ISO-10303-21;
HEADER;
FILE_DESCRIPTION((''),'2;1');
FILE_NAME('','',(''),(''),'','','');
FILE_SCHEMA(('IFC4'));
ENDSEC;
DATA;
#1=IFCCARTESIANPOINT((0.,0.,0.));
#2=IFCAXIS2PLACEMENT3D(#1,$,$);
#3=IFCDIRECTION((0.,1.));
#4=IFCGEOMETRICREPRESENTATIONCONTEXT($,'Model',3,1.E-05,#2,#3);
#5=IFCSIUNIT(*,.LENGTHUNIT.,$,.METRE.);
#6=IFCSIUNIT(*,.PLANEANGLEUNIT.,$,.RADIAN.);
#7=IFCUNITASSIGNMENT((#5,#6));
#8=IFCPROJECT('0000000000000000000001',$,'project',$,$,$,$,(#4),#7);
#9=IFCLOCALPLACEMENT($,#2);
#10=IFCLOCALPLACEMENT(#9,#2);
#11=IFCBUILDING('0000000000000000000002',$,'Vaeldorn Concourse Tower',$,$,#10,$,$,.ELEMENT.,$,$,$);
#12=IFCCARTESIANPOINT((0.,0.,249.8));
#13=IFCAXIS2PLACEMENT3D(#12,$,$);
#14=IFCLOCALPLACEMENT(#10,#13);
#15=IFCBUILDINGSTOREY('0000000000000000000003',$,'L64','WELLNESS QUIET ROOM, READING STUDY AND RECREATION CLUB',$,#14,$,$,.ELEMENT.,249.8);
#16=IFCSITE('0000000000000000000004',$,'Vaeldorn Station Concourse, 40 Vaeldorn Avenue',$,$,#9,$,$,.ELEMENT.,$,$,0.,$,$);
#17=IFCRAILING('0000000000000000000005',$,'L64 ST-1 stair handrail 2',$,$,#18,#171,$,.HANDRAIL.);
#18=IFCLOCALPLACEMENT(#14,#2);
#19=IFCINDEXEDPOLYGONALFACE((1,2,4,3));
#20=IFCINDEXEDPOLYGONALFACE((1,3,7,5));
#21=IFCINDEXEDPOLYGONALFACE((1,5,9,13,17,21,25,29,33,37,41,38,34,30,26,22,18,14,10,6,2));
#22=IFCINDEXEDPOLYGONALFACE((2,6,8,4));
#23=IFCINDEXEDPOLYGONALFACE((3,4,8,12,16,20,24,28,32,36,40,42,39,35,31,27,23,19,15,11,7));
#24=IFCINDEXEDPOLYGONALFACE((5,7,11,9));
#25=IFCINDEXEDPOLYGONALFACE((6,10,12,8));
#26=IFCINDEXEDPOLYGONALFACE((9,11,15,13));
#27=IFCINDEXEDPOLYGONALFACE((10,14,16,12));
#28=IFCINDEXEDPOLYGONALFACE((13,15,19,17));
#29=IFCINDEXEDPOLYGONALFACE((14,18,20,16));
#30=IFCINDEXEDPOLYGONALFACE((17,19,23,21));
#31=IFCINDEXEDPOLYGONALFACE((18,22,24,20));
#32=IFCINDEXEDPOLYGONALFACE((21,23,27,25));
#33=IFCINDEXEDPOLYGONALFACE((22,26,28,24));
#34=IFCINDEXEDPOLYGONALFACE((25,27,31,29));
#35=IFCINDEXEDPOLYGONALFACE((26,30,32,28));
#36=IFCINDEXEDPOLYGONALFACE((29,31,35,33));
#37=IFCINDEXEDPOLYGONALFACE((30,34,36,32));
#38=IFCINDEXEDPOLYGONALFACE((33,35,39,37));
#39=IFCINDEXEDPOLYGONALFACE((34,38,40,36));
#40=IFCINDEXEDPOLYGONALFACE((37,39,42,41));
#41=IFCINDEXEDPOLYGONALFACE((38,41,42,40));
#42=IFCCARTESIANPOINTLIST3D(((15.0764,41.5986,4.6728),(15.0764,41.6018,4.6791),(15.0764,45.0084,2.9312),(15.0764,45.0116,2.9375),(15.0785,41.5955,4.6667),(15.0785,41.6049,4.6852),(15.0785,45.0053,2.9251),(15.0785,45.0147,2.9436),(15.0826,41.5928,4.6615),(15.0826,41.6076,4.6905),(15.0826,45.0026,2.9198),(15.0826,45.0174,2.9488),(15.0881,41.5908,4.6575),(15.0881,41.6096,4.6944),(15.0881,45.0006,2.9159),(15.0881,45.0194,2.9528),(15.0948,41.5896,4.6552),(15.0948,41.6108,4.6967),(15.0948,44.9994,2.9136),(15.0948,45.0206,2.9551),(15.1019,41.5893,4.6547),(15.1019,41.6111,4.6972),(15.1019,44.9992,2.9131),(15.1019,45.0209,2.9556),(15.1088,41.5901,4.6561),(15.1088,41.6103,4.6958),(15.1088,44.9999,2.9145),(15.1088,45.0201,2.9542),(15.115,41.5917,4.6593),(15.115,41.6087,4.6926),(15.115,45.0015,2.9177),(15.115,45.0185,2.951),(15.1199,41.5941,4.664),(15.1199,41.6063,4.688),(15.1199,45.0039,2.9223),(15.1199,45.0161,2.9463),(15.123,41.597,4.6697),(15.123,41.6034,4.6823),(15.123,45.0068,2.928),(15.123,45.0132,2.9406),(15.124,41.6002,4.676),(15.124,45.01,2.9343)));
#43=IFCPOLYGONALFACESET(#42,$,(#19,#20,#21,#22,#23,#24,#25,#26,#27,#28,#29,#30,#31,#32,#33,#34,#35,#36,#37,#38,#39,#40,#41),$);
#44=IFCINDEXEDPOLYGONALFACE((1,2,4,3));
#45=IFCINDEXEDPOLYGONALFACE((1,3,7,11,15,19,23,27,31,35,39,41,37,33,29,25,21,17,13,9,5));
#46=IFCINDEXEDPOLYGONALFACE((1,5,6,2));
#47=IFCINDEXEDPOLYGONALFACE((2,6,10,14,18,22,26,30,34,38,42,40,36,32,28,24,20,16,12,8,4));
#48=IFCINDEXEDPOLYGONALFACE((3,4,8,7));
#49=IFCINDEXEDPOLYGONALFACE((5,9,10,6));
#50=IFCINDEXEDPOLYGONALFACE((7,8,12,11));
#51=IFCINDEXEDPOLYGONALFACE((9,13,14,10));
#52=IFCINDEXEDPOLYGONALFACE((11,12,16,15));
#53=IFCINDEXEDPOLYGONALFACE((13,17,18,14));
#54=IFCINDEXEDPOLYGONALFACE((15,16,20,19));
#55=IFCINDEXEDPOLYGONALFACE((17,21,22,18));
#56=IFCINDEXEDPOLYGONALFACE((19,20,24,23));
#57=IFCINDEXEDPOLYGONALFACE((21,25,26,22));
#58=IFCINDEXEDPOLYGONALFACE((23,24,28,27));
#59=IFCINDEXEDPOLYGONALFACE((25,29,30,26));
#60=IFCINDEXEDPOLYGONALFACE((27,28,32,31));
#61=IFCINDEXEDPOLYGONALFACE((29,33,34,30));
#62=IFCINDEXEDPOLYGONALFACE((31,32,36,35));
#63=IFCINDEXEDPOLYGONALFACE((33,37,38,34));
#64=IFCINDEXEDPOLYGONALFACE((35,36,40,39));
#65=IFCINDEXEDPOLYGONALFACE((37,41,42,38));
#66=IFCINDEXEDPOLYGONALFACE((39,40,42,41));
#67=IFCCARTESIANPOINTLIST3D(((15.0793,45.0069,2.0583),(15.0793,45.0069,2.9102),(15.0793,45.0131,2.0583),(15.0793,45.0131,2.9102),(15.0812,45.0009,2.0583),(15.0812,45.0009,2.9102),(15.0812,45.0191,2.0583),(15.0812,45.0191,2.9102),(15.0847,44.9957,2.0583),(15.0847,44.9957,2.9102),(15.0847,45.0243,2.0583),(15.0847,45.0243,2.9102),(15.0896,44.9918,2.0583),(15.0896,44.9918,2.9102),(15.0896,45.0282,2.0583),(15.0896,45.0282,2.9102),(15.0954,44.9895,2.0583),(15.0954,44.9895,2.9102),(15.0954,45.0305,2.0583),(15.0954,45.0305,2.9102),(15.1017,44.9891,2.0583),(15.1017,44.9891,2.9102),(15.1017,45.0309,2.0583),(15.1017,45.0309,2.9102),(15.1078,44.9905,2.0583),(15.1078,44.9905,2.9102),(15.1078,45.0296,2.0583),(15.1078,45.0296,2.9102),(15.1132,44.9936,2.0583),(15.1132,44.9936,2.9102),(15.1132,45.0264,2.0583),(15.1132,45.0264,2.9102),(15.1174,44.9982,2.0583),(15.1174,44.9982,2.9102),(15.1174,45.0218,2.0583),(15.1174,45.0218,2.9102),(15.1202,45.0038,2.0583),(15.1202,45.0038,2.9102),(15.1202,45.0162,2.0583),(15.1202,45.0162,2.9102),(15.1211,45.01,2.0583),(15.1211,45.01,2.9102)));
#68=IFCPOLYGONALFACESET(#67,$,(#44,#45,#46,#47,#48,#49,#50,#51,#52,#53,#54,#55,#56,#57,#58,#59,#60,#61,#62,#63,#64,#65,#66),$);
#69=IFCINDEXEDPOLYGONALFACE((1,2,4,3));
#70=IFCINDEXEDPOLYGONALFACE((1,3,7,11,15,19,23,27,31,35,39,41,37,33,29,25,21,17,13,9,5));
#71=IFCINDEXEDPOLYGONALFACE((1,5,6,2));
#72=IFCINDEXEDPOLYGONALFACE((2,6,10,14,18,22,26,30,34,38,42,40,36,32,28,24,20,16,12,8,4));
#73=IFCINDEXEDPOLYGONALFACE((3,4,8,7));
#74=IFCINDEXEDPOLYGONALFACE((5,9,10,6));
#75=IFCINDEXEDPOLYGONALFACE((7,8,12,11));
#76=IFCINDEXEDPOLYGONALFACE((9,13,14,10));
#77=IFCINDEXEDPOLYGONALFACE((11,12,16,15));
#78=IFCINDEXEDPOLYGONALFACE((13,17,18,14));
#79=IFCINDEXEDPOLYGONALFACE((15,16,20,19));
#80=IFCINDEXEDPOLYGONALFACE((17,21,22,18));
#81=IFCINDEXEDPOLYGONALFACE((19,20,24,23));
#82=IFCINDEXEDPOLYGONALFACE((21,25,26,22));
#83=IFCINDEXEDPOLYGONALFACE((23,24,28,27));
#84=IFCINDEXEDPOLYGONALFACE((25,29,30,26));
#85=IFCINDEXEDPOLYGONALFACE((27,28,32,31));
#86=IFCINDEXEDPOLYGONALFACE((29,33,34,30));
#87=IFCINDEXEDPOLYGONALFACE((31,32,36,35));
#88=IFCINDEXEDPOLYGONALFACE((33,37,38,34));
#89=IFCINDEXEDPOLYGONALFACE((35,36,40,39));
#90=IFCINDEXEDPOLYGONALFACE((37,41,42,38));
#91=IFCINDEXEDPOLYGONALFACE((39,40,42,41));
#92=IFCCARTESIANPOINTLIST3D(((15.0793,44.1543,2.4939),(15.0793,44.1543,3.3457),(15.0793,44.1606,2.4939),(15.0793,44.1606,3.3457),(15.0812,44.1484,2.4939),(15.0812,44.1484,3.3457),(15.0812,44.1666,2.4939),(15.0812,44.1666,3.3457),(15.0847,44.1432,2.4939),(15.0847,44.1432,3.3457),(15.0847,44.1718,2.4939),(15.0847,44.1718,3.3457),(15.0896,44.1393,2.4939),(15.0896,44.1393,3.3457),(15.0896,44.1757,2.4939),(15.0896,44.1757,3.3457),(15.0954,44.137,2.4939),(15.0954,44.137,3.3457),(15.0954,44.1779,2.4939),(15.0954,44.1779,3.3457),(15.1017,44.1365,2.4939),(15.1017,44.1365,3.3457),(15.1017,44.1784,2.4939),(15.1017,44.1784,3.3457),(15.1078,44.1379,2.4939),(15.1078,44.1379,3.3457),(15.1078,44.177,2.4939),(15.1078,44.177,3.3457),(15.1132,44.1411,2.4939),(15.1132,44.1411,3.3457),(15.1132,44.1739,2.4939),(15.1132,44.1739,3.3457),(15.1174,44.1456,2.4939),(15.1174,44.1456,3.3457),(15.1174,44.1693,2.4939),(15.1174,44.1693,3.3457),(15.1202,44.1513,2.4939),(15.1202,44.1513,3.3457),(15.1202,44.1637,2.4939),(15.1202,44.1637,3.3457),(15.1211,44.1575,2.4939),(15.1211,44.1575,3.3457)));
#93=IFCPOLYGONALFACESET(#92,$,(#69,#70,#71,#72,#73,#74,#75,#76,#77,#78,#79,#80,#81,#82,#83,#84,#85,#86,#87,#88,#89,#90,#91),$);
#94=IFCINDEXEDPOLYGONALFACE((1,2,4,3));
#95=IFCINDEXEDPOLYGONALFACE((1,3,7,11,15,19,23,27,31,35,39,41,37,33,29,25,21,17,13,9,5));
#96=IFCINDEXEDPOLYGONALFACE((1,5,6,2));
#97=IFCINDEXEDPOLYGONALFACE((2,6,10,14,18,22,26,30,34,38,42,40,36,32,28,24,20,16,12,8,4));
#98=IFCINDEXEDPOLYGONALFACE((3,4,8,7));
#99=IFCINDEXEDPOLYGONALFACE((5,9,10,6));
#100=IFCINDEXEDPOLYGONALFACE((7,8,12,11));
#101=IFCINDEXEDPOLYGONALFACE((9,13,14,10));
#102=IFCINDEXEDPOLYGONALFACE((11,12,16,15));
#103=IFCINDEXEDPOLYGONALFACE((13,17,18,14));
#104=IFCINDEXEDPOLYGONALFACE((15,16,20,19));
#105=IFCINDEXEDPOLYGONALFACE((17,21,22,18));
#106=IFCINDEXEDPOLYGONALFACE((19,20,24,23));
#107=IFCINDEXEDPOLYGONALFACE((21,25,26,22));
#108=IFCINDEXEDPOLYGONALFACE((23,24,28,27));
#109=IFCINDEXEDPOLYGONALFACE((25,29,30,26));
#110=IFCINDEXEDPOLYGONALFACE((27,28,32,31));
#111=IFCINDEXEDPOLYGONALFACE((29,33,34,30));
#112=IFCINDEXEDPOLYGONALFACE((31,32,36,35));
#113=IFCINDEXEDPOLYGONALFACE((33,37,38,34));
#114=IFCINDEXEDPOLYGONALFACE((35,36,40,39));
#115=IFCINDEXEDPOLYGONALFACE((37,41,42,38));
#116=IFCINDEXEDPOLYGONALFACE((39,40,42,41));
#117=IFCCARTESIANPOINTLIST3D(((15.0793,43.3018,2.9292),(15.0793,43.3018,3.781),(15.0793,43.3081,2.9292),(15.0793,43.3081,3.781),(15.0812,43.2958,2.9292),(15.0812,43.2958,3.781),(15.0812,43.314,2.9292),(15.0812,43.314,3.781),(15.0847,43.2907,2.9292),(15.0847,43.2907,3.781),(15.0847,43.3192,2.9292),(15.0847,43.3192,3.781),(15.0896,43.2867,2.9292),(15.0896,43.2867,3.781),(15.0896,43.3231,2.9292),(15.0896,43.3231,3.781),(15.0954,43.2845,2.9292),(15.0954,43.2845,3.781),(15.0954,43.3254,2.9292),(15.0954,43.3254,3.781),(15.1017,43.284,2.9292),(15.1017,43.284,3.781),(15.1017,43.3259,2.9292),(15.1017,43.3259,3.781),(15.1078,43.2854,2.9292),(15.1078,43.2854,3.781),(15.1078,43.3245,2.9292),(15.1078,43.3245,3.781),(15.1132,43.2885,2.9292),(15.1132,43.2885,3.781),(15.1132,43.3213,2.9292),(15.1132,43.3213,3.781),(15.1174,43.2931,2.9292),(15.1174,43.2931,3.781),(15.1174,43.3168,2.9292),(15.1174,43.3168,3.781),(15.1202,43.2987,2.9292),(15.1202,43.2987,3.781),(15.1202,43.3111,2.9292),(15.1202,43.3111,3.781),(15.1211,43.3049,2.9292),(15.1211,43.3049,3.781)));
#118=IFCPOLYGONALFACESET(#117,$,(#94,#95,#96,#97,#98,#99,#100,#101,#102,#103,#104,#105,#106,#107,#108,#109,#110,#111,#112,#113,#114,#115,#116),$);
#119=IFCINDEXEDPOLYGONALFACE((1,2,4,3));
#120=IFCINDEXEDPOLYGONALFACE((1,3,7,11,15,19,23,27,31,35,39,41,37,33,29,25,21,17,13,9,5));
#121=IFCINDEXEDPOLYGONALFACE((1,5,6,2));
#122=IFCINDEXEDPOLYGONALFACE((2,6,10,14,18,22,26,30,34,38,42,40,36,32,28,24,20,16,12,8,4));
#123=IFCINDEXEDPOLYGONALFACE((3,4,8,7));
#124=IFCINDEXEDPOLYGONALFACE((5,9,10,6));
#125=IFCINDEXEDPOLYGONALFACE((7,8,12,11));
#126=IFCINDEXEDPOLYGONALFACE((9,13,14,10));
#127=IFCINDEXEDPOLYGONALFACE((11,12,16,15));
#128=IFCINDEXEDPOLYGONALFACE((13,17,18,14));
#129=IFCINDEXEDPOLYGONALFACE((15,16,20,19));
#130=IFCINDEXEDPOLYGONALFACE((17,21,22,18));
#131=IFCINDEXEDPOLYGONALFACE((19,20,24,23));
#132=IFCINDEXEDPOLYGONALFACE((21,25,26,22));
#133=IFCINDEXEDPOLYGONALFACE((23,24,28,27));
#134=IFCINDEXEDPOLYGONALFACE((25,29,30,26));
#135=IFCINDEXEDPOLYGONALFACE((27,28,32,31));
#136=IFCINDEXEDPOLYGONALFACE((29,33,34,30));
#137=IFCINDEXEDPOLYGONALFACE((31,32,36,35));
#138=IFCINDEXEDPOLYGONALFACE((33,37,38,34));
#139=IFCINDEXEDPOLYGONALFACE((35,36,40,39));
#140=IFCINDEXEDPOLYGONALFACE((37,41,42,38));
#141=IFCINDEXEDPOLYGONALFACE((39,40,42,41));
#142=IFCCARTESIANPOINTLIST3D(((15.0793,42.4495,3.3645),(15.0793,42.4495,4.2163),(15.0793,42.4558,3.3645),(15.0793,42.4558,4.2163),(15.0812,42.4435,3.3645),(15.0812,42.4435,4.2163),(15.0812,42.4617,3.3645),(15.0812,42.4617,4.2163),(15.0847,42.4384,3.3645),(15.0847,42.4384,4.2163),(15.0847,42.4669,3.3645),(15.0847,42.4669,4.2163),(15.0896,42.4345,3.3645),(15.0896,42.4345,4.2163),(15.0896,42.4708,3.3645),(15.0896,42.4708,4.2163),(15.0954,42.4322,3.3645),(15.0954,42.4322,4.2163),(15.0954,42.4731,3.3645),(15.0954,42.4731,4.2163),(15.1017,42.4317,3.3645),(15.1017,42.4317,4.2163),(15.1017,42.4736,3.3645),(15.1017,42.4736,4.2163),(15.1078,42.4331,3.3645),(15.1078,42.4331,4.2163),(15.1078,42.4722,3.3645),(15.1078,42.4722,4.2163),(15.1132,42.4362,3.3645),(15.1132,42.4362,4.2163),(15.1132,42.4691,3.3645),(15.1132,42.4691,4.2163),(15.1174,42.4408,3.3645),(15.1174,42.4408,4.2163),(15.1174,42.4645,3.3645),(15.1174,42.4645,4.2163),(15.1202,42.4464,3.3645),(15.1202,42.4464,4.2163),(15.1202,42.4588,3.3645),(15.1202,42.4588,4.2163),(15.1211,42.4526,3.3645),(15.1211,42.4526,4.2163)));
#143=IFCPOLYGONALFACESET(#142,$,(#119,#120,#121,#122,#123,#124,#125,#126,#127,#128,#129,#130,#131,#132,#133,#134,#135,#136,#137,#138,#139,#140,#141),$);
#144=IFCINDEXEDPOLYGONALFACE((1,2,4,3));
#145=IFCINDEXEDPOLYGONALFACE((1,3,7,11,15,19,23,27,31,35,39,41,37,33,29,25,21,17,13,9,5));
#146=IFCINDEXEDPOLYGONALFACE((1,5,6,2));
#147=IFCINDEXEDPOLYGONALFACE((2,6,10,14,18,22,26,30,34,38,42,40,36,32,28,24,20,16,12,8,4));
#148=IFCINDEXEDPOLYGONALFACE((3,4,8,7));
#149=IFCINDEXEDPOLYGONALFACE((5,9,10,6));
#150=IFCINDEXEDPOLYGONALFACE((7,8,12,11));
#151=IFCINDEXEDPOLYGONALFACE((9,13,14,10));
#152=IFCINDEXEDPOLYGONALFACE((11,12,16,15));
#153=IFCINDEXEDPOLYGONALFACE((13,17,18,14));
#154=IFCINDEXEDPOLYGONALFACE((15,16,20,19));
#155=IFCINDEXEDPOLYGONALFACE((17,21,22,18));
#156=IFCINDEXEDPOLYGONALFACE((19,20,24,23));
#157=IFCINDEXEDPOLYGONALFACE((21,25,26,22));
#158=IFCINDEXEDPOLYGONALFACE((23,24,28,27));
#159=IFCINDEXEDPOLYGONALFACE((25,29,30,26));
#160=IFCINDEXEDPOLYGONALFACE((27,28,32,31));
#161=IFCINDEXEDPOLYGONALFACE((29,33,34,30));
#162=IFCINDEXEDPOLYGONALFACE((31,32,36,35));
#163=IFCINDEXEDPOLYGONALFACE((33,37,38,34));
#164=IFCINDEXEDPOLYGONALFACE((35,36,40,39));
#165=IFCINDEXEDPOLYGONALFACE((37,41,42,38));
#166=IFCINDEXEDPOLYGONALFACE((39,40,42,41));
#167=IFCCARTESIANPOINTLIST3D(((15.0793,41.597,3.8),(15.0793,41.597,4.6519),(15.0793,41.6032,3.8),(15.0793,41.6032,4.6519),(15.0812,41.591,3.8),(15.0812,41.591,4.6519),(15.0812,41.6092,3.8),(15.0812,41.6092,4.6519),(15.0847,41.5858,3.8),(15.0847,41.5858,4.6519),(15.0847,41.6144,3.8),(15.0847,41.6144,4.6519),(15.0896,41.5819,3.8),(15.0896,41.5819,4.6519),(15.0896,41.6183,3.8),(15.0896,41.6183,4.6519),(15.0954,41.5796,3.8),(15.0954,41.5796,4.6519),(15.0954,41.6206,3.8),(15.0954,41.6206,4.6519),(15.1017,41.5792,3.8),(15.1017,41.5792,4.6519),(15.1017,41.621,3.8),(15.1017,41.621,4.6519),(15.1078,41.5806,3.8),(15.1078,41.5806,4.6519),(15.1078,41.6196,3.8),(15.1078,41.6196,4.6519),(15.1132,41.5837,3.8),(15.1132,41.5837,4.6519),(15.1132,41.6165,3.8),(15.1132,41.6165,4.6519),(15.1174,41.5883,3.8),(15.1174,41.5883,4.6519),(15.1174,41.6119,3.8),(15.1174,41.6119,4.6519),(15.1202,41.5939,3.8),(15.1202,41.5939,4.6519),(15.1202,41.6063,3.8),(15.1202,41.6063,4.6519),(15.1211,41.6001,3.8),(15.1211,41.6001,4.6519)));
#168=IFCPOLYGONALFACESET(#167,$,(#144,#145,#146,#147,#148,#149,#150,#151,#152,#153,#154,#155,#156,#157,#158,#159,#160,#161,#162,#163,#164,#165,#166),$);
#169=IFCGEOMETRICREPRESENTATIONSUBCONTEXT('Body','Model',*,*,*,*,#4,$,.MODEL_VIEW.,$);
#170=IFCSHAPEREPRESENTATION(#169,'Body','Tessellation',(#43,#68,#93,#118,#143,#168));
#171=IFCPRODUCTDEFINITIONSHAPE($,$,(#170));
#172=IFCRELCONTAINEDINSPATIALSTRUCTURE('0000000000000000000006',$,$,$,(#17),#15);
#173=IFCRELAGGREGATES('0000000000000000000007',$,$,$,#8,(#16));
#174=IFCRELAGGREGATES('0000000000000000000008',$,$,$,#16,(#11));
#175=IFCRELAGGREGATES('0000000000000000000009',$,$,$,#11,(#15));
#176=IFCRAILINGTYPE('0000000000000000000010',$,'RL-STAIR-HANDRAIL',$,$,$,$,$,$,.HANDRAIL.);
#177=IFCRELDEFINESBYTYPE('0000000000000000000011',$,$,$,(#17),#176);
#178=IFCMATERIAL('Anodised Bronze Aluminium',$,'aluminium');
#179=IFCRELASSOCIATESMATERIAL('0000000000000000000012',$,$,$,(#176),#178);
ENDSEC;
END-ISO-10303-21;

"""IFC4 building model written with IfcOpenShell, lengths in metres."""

from ifc_helpers import new_model, si_unit, direction, frame, origin, origin_2d, place, context, subcontext, project, spatial, circle, extrude, material, type_object, element, save


model = new_model("IFC4")

# Units and contexts
model_context = context("Model", 3, precision=1e-05, world=origin(), true_north=direction((0.0, 1.0)))
body_context = subcontext(model_context, "Body", "Model", "MODEL_VIEW")
ifc_project = project(units=[si_unit("LENGTHUNIT", "METRE"), si_unit("PLANEANGLEUNIT", "RADIAN")], contexts=[model_context])

# Site, building, storey
site_placement = place(None, origin())
site = spatial("IfcSite", under=ifc_project, at=site_placement, Name="Vaeldorn Station Concourse, 40 Vaeldorn Avenue", CompositionType="ELEMENT", RefElevation=0.0)
building_placement = place(site_placement, origin())
building = spatial("IfcBuilding", under=site, at=building_placement, Name="Vaeldorn Concourse Tower", CompositionType="ELEMENT")
storey_placement = place(building_placement, frame((0.0, 0.0, 249.8)))
storey = spatial("IfcBuildingStorey", under=building, at=storey_placement, Name="L64", Description="WELLNESS QUIET ROOM, READING STUDY AND RECREATION CLUB", CompositionType="ELEMENT", Elevation=249.8)

# Shared definitions
ifc_material_1 = material(Name="Anodised Bronze Aluminium", Category="aluminium")

# Railing
railing_type_1 = type_object("IfcRailingType", Name="RL-STAIR-HANDRAIL", PredefinedType="HANDRAIL", material=ifc_material_1)
railing_1_placement = place(storey_placement, frame((15.1001, 45.01, 2.0583)))
element("IfcRailing", 1, at=railing_1_placement, inside=storey, type_object=railing_type_1, Name="L64 ST-1 stair handrail 2", PredefinedType="HANDRAIL", context=body_context, shape_type="SweptSolid", body=[
    extrude(circle(Radius=0.0239, at=origin_2d()), frame((0.0, 0.0, 0.876), z_axis=(0.0, -0.890556, 0.454874), x_axis=(1.0, 0.0, 0.0)), (0.0, 0.0, 1.0), 3.8289),
    extrude(circle(Radius=0.021, at=origin_2d()), origin(), (0.0, 0.0, 1.0), 0.8518),
    extrude(circle(Radius=0.021, at=origin_2d()), frame((0.0, -0.8525, 0.4355)), (0.0, 0.0, 1.0), 0.8518),
    extrude(circle(Radius=0.021, at=origin_2d()), frame((0.0, -1.7051, 0.8708)), (0.0, 0.0, 1.0), 0.8518),
    extrude(circle(Radius=0.021, at=origin_2d()), frame((0.0, -2.5574, 1.3062)), (0.0, 0.0, 1.0), 0.8518),
    extrude(circle(Radius=0.021, at=origin_2d()), frame((0.0, -3.4099, 1.7417)), (0.0, 0.0, 1.0), 0.8518),
])

save(model, "model.ifc")
